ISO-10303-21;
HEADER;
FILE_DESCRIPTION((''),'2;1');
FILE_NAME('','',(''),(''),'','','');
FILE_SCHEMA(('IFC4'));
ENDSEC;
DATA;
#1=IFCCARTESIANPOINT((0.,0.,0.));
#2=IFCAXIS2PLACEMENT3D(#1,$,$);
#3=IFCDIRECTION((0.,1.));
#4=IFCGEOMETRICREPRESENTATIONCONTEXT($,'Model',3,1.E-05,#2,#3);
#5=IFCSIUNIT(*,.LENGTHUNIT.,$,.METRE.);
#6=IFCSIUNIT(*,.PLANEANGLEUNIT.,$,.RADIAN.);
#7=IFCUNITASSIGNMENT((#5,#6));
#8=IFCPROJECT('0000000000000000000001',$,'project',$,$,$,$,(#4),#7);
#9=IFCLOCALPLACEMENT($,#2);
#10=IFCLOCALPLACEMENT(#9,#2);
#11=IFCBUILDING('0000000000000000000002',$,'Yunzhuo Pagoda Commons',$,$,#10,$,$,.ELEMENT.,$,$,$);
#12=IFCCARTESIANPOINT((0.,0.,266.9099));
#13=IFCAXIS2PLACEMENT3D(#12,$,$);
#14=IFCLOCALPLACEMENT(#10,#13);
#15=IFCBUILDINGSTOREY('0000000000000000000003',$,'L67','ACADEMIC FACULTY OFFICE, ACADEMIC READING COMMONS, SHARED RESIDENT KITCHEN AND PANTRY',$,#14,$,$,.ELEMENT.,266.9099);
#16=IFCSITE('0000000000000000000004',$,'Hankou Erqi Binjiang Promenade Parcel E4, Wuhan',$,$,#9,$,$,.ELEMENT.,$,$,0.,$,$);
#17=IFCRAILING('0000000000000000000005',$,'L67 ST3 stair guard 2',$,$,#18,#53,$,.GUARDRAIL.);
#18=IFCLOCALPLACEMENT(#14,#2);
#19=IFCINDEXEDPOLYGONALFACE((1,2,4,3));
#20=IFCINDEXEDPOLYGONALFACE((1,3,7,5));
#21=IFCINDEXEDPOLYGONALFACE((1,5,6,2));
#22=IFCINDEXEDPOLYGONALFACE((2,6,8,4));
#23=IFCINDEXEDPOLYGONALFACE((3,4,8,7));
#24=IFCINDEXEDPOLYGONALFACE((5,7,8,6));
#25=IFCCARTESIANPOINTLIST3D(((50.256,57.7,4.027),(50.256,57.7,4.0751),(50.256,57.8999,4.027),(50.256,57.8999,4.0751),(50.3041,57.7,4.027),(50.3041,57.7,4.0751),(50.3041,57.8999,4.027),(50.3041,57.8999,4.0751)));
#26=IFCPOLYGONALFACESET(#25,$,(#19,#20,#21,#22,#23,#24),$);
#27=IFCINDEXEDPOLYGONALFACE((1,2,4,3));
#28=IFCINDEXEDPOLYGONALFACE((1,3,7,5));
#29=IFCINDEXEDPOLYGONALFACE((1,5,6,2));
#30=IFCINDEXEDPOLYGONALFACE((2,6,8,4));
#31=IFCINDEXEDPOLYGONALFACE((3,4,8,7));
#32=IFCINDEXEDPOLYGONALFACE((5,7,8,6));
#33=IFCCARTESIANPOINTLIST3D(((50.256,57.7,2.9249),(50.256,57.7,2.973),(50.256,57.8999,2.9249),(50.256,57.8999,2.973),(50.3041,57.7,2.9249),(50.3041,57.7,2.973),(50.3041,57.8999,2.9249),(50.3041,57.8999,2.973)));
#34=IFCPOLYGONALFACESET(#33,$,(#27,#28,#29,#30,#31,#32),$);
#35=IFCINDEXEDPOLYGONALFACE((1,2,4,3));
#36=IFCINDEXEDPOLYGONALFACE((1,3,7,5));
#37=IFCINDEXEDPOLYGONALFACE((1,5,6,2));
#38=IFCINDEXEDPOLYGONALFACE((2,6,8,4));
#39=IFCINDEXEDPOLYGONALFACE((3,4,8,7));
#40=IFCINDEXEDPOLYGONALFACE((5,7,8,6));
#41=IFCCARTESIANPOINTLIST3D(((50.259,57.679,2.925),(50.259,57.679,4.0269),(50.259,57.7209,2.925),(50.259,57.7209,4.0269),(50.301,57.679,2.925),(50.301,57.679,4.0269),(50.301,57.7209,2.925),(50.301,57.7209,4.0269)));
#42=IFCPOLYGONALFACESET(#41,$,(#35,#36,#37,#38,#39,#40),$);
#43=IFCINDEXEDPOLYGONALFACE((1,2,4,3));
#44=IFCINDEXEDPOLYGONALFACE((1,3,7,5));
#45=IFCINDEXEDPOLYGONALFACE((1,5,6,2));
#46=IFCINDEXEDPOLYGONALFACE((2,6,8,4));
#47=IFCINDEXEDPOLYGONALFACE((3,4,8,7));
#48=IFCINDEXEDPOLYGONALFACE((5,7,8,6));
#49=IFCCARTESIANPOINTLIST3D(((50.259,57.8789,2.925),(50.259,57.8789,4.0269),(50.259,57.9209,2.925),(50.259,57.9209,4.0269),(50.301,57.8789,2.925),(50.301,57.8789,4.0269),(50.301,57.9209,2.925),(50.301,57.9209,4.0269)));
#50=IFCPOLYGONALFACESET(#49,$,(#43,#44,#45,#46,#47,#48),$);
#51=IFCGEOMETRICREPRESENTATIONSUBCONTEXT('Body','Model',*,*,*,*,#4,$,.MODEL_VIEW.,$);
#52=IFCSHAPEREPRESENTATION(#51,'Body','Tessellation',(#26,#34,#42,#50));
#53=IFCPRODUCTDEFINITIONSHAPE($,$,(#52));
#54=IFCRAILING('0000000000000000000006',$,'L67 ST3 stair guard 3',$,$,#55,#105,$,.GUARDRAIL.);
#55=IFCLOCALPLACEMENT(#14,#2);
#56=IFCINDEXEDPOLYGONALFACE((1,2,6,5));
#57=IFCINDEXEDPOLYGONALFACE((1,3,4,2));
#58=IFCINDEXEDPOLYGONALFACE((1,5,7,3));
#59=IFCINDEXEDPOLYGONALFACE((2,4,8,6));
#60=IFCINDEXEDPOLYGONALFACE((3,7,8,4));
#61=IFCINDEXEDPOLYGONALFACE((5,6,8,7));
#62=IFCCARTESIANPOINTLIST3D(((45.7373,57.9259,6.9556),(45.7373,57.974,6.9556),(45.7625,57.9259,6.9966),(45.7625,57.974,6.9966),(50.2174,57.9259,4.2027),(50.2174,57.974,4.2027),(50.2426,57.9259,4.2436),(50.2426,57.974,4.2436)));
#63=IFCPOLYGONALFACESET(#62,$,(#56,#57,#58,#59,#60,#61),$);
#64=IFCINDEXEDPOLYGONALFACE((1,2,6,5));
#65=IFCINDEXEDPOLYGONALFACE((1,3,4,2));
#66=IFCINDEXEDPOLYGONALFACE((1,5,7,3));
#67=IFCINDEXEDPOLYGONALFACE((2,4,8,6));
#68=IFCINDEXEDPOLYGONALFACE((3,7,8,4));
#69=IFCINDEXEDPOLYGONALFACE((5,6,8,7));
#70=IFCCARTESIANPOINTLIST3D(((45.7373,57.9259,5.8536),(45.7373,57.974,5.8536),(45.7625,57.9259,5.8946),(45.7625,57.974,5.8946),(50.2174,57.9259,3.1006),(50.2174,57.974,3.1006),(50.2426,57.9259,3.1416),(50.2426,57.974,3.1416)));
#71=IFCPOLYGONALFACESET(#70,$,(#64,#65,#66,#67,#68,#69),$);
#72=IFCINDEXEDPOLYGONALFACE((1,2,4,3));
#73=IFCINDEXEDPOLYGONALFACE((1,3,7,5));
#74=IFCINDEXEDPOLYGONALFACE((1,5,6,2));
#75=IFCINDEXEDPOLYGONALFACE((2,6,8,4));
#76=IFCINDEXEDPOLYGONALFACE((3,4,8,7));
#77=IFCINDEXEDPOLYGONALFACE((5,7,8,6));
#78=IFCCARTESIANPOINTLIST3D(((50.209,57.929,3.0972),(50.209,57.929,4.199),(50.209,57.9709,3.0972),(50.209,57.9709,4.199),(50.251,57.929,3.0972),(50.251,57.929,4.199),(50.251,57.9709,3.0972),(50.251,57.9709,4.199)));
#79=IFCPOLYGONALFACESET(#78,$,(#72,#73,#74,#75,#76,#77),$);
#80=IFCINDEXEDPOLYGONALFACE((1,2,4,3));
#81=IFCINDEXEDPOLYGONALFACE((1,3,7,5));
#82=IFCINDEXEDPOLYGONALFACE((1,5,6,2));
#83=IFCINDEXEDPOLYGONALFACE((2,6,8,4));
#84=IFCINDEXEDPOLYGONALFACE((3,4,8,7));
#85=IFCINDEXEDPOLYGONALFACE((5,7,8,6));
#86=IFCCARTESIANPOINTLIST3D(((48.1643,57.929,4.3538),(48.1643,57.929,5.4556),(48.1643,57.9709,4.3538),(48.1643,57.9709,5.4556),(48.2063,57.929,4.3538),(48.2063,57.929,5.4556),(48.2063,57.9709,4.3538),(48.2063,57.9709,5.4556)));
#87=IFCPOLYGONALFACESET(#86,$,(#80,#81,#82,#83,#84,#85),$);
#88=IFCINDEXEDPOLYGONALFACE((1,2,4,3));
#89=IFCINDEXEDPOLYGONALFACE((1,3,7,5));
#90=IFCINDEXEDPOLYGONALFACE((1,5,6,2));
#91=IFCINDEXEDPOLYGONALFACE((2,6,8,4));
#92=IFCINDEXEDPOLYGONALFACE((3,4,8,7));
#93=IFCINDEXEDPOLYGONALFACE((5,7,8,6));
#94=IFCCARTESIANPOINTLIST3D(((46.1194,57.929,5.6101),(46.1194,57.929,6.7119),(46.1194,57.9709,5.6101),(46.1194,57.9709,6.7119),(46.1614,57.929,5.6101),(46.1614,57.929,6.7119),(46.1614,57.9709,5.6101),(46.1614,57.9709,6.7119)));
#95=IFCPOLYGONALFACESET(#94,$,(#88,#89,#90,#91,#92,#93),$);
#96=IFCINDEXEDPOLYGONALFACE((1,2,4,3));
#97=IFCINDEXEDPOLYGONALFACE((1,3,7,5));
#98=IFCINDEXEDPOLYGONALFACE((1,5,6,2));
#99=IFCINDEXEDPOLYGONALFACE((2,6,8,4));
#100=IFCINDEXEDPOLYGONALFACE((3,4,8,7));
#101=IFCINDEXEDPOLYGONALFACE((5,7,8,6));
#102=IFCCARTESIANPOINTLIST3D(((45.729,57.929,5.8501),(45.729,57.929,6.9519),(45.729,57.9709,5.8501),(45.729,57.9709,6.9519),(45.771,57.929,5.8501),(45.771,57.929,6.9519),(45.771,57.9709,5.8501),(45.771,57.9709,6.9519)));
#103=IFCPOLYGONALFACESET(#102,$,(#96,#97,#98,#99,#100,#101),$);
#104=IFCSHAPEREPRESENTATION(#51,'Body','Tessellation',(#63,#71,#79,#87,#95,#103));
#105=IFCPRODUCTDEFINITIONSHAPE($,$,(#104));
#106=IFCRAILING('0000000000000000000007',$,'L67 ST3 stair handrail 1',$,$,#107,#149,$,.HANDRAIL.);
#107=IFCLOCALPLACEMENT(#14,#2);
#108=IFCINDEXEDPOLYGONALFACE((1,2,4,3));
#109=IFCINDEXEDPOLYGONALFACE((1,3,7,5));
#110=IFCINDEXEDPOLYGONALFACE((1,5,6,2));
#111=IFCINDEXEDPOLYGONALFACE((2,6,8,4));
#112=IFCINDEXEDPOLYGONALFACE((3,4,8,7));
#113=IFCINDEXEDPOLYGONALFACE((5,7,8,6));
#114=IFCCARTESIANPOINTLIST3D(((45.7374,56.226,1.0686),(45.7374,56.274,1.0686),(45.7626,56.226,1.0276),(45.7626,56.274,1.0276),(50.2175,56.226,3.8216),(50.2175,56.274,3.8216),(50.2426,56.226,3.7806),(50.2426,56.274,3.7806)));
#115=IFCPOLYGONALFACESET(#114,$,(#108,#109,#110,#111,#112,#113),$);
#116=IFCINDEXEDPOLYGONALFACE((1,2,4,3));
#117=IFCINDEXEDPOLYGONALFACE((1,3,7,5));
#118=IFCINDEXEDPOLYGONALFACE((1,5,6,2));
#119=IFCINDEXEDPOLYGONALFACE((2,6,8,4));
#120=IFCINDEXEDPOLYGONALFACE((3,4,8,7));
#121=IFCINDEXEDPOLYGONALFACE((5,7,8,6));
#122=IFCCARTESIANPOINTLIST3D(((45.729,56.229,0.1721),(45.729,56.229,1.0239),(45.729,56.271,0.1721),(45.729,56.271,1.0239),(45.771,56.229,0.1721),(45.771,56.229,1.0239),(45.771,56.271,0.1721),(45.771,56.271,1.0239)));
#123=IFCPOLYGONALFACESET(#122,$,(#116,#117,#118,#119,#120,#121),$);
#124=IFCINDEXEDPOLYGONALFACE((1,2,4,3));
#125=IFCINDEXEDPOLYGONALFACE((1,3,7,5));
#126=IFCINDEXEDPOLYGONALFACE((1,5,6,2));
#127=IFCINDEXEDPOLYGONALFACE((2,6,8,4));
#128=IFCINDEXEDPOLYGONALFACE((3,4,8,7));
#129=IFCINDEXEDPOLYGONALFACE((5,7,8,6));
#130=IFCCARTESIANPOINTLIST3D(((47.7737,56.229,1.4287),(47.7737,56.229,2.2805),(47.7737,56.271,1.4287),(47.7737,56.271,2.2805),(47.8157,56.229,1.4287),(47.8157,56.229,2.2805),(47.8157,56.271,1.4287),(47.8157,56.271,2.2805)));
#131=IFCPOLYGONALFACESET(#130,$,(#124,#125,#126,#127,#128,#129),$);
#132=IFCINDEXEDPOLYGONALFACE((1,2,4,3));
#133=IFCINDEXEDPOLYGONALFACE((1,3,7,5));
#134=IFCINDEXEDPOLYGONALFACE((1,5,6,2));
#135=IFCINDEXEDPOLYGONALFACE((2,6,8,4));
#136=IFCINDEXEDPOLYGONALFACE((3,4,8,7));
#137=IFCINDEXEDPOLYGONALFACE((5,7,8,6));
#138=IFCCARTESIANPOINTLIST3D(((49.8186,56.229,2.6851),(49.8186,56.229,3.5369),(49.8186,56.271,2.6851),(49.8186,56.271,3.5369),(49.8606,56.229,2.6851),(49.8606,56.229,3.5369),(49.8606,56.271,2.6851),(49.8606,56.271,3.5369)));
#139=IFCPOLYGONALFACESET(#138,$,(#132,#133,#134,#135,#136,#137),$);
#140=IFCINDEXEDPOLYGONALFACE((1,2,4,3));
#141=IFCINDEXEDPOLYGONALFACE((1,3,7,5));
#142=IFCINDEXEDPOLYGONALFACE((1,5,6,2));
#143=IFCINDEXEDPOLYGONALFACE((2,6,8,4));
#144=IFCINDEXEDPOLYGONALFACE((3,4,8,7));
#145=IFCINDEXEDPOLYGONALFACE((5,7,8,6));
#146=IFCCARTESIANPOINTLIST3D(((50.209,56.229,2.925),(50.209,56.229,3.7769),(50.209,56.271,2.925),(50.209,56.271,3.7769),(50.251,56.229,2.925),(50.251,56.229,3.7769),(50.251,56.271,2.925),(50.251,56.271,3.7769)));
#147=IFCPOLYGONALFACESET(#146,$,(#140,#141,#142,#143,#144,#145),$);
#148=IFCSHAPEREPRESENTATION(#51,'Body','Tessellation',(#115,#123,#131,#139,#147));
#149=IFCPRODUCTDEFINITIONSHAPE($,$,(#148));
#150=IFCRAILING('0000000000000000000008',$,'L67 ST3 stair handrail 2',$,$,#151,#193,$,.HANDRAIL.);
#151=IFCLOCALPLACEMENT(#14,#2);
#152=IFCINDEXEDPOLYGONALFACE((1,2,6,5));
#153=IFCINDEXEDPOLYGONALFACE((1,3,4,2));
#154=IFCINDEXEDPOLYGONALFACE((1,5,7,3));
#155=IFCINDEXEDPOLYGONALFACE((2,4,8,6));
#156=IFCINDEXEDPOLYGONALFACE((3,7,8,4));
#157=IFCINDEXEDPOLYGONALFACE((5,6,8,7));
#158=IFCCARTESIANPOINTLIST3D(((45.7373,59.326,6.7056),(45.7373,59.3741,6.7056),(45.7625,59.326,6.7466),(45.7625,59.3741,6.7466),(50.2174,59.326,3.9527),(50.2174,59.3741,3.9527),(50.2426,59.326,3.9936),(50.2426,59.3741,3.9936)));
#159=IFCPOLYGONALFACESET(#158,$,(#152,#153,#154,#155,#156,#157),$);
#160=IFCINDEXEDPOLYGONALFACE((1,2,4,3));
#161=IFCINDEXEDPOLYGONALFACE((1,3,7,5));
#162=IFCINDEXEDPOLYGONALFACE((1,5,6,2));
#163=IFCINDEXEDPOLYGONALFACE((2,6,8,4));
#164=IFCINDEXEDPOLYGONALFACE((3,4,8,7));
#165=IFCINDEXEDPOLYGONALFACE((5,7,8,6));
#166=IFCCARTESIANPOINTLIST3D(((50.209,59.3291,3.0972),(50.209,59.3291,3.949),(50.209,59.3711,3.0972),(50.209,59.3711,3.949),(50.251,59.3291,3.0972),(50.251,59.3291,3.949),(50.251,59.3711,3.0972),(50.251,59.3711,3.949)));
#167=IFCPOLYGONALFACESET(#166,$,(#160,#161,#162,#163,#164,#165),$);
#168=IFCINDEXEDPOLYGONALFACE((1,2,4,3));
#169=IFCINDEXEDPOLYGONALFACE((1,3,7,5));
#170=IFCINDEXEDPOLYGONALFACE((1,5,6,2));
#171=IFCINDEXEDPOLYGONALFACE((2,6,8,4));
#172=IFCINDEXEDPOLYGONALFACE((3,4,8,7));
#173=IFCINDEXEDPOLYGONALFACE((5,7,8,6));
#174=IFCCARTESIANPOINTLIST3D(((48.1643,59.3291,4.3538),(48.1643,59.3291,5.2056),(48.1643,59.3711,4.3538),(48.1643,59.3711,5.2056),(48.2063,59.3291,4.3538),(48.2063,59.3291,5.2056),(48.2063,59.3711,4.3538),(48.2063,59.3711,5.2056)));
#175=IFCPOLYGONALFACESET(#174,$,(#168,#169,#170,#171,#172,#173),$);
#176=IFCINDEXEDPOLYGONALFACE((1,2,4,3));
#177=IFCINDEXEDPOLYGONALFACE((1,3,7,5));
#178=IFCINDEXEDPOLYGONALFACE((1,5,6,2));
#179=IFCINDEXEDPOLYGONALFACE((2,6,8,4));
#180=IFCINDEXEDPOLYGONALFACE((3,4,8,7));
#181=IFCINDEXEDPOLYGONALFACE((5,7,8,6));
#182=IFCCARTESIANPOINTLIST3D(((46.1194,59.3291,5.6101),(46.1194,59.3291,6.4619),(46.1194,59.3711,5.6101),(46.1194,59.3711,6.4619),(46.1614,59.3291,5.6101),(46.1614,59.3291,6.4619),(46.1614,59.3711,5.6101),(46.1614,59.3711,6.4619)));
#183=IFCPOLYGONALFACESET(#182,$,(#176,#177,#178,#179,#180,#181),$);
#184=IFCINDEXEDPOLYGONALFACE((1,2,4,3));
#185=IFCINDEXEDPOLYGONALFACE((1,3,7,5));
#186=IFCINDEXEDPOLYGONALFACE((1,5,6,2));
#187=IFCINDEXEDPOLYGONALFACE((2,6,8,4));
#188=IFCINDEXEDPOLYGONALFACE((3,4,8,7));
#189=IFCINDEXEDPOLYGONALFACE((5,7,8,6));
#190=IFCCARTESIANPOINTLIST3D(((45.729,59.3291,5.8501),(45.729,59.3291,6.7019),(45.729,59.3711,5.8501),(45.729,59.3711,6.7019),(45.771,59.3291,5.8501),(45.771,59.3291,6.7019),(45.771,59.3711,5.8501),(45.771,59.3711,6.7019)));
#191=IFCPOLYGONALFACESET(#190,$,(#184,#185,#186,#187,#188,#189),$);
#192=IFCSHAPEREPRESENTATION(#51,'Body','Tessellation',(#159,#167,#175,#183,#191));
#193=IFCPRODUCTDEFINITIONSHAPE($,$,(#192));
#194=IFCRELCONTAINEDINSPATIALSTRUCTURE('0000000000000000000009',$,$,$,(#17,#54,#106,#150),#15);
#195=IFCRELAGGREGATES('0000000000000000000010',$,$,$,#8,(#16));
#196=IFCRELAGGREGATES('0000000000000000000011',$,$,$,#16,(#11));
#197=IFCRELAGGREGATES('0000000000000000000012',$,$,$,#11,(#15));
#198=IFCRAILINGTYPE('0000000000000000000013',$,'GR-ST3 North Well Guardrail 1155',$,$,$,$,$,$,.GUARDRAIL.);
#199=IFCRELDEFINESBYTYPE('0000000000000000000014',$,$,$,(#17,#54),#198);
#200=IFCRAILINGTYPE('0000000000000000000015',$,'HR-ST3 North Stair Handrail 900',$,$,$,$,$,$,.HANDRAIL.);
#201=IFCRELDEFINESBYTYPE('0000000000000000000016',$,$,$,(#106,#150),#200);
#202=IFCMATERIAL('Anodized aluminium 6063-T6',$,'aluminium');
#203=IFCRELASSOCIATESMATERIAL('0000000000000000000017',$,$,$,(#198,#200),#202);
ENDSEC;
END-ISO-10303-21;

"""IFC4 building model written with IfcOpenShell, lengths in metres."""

from ifc_helpers import new_model, si_unit, direction, frame, origin, origin_2d, place, context, subcontext, project, spatial, rectangle, extrude, material, type_object, element, save


model = new_model("IFC4")

# Units and contexts
model_context = context("Model", 3, precision=1e-05, world=origin(), true_north=direction((0.0, 1.0)))
body_context = subcontext(model_context, "Body", "Model", "MODEL_VIEW")
ifc_project = project(units=[si_unit("LENGTHUNIT", "METRE"), si_unit("PLANEANGLEUNIT", "RADIAN")], contexts=[model_context])

# Site, building, storey
site_placement = place(None, origin())
site = spatial("IfcSite", under=ifc_project, at=site_placement, Name="Hankou Erqi Binjiang Promenade Parcel E4, Wuhan", CompositionType="ELEMENT", RefElevation=0.0)
building_placement = place(site_placement, origin())
building = spatial("IfcBuilding", under=site, at=building_placement, Name="Yunzhuo Pagoda Commons", CompositionType="ELEMENT")
storey_placement = place(building_placement, frame((0.0, 0.0, 266.9099)))
storey = spatial("IfcBuildingStorey", under=building, at=storey_placement, Name="L67", Description="ACADEMIC FACULTY OFFICE, ACADEMIC READING COMMONS, SHARED RESIDENT KITCHEN AND PANTRY", CompositionType="ELEMENT", Elevation=266.9099)

# Shared definitions
ifc_material_1 = material(Name="Anodized aluminium 6063-T6", Category="aluminium")

# Railings
railing_type_1 = type_object("IfcRailingType", Name="GR-ST3 North Well Guardrail 1155", PredefinedType="GUARDRAIL", material=ifc_material_1)
railing_1_placement = place(storey_placement, frame((50.28, 57.7, 2.925)))
element("IfcRailing", 1, at=railing_1_placement, inside=storey, type_object=railing_type_1, Name="L67 ST3 stair guard 2", PredefinedType="GUARDRAIL", context=body_context, shape_type="SweptSolid", body=[
    extrude(rectangle(XDim=0.0481, YDim=0.0481, at=origin_2d()), frame((0.0, 0.0, 1.126), z_axis=(0.0, 1.0, 0.0), x_axis=(-1.0, 0.0, 0.0)), (0.0, 0.0, 1.0), 0.2),
    extrude(rectangle(XDim=0.0481, YDim=0.0481, at=origin_2d()), frame((0.0, 0.0, 0.0239), z_axis=(0.0, 1.0, 0.0), x_axis=(-1.0, 0.0, 0.0)), (0.0, 0.0, 1.0), 0.2),
    extrude(rectangle(XDim=0.042, YDim=0.042, at=origin_2d()), origin(), (0.0, 0.0, 1.0), 1.1018),
    extrude(rectangle(XDim=0.042, YDim=0.042, at=origin_2d()), frame((0.0, 0.2, 0.0)), (0.0, 0.0, 1.0), 1.1018),
])
railing_2_placement = place(storey_placement, frame((50.23, 57.95, 3.0972)))
element("IfcRailing", 2, at=railing_2_placement, inside=storey, type_object=railing_type_1, Name="L67 ST3 stair guard 3", PredefinedType="GUARDRAIL", context=body_context, shape_type="SweptSolid", body=[
    extrude(rectangle(XDim=0.0481, YDim=0.0481, at=origin_2d()), frame((0.0, 0.0, 1.126), z_axis=(-0.851996, 0.0, 0.523548), x_axis=(0.0, -1.0, 0.0)), (0.0, 0.0, 1.0), 5.2583),
    extrude(rectangle(XDim=0.0481, YDim=0.0481, at=origin_2d()), frame((0.0, 0.0, 0.0239), z_axis=(-0.851996, 0.0, 0.523548), x_axis=(0.0, -1.0, 0.0)), (0.0, 0.0, 1.0), 5.2583),
    extrude(rectangle(XDim=0.042, YDim=0.042, at=origin_2d()), origin(), (0.0, 0.0, 1.0), 1.1018),
    extrude(rectangle(XDim=0.042, YDim=0.042, at=origin_2d()), frame((-2.0447, 0.0, 1.2566)), (0.0, 0.0, 1.0), 1.1018),
    extrude(rectangle(XDim=0.042, YDim=0.042, at=origin_2d()), frame((-4.0896, 0.0, 2.5129)), (0.0, 0.0, 1.0), 1.1018),
    extrude(rectangle(XDim=0.042, YDim=0.042, at=origin_2d()), frame((-4.48, 0.0, 2.7529)), (0.0, 0.0, 1.0), 1.1018),
])
railing_type_2 = type_object("IfcRailingType", Name="HR-ST3 North Stair Handrail 900", PredefinedType="HANDRAIL", material=ifc_material_1)
railing_3_placement = place(storey_placement, frame((45.75, 56.25, 0.1721)))
element("IfcRailing", 3, at=railing_3_placement, inside=storey, type_object=railing_type_2, Name="L67 ST3 stair handrail 1", PredefinedType="HANDRAIL", context=body_context, shape_type="SweptSolid", body=[
    extrude(rectangle(XDim=0.0481, YDim=0.0481, at=origin_2d()), frame((0.0, 0.0, 0.876), z_axis=(0.851996, 0.0, 0.523548), x_axis=(0.0, 1.0, 0.0)), (0.0, 0.0, 1.0), 5.2583),
    extrude(rectangle(XDim=0.042, YDim=0.042, at=origin_2d()), origin(), (0.0, 0.0, 1.0), 0.8518),
    extrude(rectangle(XDim=0.042, YDim=0.042, at=origin_2d()), frame((2.0447, 0.0, 1.2566)), (0.0, 0.0, 1.0), 0.8518),
    extrude(rectangle(XDim=0.042, YDim=0.042, at=origin_2d()), frame((4.0896, 0.0, 2.5129)), (0.0, 0.0, 1.0), 0.8518),
    extrude(rectangle(XDim=0.042, YDim=0.042, at=origin_2d()), frame((4.48, 0.0, 2.7529)), (0.0, 0.0, 1.0), 0.8518),
])
railing_4_placement = place(storey_placement, frame((50.23, 59.3501, 3.0972)))
element("IfcRailing", 4, at=railing_4_placement, inside=storey, type_object=railing_type_2, Name="L67 ST3 stair handrail 2", PredefinedType="HANDRAIL", context=body_context, shape_type="SweptSolid", body=[
    extrude(rectangle(XDim=0.0481, YDim=0.0481, at=origin_2d()), frame((0.0, 0.0, 0.876), z_axis=(-0.851996, 0.0, 0.523548), x_axis=(0.0, -1.0, 0.0)), (0.0, 0.0, 1.0), 5.2583),
    extrude(rectangle(XDim=0.042, YDim=0.042, at=origin_2d()), origin(), (0.0, 0.0, 1.0), 0.8518),
    extrude(rectangle(XDim=0.042, YDim=0.042, at=origin_2d()), frame((-2.0447, 0.0, 1.2566)), (0.0, 0.0, 1.0), 0.8518),
    extrude(rectangle(XDim=0.042, YDim=0.042, at=origin_2d()), frame((-4.0896, 0.0, 2.5129)), (0.0, 0.0, 1.0), 0.8518),
    extrude(rectangle(XDim=0.042, YDim=0.042, at=origin_2d()), frame((-4.48, 0.0, 2.7529)), (0.0, 0.0, 1.0), 0.8518),
])

save(model, "model.ifc")
